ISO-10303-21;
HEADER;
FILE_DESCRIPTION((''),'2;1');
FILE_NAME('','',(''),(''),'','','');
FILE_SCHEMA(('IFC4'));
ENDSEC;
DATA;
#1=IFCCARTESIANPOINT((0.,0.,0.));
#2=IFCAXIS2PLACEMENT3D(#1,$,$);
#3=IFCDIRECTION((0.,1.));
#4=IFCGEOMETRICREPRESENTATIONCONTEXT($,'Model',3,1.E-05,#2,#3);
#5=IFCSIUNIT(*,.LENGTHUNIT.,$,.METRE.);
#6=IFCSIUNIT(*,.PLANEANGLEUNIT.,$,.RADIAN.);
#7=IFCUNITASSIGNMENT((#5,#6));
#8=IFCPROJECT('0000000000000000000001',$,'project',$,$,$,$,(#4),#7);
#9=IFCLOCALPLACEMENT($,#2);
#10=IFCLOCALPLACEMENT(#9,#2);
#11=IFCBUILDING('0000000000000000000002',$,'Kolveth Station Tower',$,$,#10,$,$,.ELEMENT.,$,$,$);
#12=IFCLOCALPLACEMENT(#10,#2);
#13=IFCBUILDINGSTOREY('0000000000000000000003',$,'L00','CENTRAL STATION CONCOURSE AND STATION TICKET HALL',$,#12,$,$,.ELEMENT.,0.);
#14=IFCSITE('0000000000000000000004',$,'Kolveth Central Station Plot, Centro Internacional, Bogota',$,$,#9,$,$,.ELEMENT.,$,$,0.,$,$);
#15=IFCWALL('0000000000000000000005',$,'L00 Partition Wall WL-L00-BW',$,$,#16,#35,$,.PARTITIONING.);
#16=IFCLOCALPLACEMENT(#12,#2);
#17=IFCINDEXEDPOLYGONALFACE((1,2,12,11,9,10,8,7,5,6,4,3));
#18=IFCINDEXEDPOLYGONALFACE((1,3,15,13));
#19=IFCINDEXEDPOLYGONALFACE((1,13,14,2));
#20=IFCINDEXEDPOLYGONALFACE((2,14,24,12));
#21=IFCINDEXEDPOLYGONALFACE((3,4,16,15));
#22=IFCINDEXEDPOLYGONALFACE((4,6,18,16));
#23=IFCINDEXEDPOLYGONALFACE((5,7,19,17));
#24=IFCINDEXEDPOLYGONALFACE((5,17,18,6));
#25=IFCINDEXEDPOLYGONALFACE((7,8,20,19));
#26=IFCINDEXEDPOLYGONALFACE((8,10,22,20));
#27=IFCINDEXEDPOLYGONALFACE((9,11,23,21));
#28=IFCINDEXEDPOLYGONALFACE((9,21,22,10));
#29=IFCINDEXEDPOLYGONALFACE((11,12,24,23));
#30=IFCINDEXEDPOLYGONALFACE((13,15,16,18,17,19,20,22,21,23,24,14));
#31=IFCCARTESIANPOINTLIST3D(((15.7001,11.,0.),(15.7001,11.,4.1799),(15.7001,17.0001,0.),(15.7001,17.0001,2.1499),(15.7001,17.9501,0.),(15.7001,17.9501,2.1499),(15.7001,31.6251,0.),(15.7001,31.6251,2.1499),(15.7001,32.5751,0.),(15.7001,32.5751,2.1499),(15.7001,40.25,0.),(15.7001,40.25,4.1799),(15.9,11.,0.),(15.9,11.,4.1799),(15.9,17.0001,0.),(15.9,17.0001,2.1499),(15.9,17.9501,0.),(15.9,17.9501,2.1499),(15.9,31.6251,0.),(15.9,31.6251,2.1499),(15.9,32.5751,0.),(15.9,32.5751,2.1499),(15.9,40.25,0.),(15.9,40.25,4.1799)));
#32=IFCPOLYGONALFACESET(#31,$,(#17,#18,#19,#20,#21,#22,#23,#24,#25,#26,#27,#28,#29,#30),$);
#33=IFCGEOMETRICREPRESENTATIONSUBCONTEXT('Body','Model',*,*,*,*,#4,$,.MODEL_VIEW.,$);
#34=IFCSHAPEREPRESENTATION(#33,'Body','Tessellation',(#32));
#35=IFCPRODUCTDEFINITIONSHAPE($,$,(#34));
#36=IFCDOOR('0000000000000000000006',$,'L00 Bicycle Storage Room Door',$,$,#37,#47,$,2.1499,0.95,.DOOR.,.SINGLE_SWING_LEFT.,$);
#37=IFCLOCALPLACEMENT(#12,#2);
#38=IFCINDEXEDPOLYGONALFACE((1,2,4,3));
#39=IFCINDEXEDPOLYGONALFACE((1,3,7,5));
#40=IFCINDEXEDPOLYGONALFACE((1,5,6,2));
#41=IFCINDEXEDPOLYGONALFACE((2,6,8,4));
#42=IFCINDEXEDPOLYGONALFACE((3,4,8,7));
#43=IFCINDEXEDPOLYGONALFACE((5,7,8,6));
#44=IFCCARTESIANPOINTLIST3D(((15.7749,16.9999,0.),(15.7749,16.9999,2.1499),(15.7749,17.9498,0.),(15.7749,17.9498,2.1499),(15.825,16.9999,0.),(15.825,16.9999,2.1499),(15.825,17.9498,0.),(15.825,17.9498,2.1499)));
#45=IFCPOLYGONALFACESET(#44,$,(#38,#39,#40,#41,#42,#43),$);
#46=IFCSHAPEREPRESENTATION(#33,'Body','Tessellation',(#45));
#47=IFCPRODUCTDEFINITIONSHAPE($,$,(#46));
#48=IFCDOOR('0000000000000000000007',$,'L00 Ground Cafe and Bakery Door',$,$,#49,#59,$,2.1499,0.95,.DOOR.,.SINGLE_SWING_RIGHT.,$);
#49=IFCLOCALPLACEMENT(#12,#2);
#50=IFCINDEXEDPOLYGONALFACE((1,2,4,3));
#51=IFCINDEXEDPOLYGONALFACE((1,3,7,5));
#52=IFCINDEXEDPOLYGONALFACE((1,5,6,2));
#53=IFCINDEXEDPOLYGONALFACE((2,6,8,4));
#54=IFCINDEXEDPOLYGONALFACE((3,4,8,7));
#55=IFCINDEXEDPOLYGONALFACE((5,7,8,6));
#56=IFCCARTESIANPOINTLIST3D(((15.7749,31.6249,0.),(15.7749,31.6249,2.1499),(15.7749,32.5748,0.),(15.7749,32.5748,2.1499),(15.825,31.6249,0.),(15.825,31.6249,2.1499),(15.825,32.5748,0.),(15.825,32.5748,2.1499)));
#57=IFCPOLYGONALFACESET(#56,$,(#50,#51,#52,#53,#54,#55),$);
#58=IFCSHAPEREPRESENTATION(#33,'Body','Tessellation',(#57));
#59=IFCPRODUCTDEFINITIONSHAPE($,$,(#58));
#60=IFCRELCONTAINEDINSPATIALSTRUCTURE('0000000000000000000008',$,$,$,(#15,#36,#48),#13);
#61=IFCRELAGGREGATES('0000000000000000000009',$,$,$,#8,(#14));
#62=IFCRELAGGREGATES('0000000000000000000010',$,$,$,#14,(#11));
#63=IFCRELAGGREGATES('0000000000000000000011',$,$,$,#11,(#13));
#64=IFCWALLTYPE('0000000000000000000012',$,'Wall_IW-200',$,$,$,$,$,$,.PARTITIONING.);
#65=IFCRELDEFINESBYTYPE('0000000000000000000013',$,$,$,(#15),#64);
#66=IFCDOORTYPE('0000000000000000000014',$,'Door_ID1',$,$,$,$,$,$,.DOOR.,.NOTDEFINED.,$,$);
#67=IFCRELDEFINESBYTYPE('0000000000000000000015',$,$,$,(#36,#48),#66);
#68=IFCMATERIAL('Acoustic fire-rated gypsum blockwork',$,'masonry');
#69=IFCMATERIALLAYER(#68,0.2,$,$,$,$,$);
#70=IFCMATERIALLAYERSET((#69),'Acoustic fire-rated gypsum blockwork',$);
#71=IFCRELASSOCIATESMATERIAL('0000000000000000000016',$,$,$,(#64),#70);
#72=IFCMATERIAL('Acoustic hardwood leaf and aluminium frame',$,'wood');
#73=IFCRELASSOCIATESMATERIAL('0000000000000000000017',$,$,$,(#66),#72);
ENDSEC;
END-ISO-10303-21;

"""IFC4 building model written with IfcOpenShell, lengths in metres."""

from ifc_helpers import new_model, si_unit, direction, frame, frame_2d, origin, place, context, subcontext, project, spatial, rectangle, extrude, material, layer, layer_set, type_object, element, fill, save


model = new_model("IFC4")

# Units and contexts
model_context = context("Model", 3, precision=1e-05, world=origin(), true_north=direction((0.0, 1.0)))
body_context = subcontext(model_context, "Body", "Model", "MODEL_VIEW")
ifc_project = project(units=[si_unit("LENGTHUNIT", "METRE"), si_unit("PLANEANGLEUNIT", "RADIAN")], contexts=[model_context])

# Site, building, storey
site_placement = place(None, origin())
site = spatial("IfcSite", under=ifc_project, at=site_placement, Name="Kolveth Central Station Plot, Centro Internacional, Bogota", CompositionType="ELEMENT", RefElevation=0.0)
building_placement = place(site_placement, origin())
building = spatial("IfcBuilding", under=site, at=building_placement, Name="Kolveth Station Tower", CompositionType="ELEMENT")
storey_placement = place(building_placement, origin())
storey = spatial("IfcBuildingStorey", under=building, at=storey_placement, Name="L00", Description="CENTRAL STATION CONCOURSE AND STATION TICKET HALL", CompositionType="ELEMENT", Elevation=0.0)

# Shared definitions
ifc_material_1 = material(Name="Acoustic fire-rated gypsum blockwork", Category="masonry")
ifc_layer_1 = layer(ifc_material_1, 0.2)
ifc_layer_set_1 = layer_set([ifc_layer_1], Name="Acoustic fire-rated gypsum blockwork")
wall_type_1 = type_object("IfcWallType", Name="Wall_IW-200", PredefinedType="PARTITIONING", material=ifc_layer_set_1)

# Wall, openings, doors
wall_1_placement = place(storey_placement, frame((15.8, 11.0, 0.0), z_axis=(0.0, 0.0, 1.0), x_axis=(0.0, 1.0, 0.0)))
wall_1 = element("IfcWall", 1, at=wall_1_placement, inside=storey, type_object=wall_type_1, Name="L00 Partition Wall WL-L00-BW", PredefinedType="PARTITIONING", context=body_context, shape_type="SweptSolid", body=[
    extrude(rectangle(XDim=29.25, YDim=0.2, at=frame_2d((14.625, 0.0))), origin(), (0.0, 0.0, 1.0), 4.1799),
])
opening_1_placement = place(wall_1_placement, frame((6.0, 0.0, 0.0)))
opening_1 = element("IfcOpeningElement", 2, at=opening_1_placement, cuts=wall_1, PredefinedType="OPENING", context=body_context, shape_type="SweptSolid", body=[
    extrude(rectangle(XDim=0.95, YDim=2.1499, at=frame_2d((0.4751, 1.075))), frame((0.0, 0.1099, 0.0), z_axis=(0.0, -1.0, 0.0), x_axis=(1.0, 0.0, 0.0)), (0.0, 0.0, 1.0), 0.22),
])
opening_2_placement = place(wall_1_placement, frame((20.625, 0.0, 0.0)))
opening_2 = element("IfcOpeningElement", 3, at=opening_2_placement, cuts=wall_1, PredefinedType="OPENING", context=body_context, shape_type="SweptSolid", body=[
    extrude(rectangle(XDim=0.95, YDim=2.1499, at=frame_2d((0.4751, 1.075))), frame((0.0, 0.1099, 0.0), z_axis=(0.0, -1.0, 0.0), x_axis=(1.0, 0.0, 0.0)), (0.0, 0.0, 1.0), 0.22),
])
ifc_material_2 = material(Name="Acoustic hardwood leaf and aluminium frame", Category="wood")
door_type_1 = type_object("IfcDoorType", Name="Door_ID1", OperationType="NOTDEFINED", PredefinedType="DOOR", material=ifc_material_2)
door_1_placement = place(opening_1_placement, frame((0.95, 0.0, 0.0), z_axis=(0.0, 0.0, 1.0), x_axis=(-1.0, 0.0, 0.0)))
door_1 = element("IfcDoor", 4, at=door_1_placement, inside=storey, type_object=door_type_1, Name="L00 Bicycle Storage Room Door", OperationType="SINGLE_SWING_LEFT", OverallHeight=2.1499, OverallWidth=0.95, PredefinedType="DOOR", context=body_context, shape_type="SweptSolid", body=[
    extrude(rectangle(XDim=0.95, YDim=2.1499, at=frame_2d((0.4751, 1.075))), frame((0.0, 0.0249, 0.0), z_axis=(0.0, -1.0, 0.0), x_axis=(1.0, 0.0, 0.0)), (0.0, 0.0, 1.0), 0.05),
])
fill(opening_1, door_1)
door_2_placement = place(opening_2_placement, frame((0.95, 0.0, 0.0), z_axis=(0.0, 0.0, 1.0), x_axis=(-1.0, 0.0, 0.0)))
door_2 = element("IfcDoor", 5, at=door_2_placement, inside=storey, type_object=door_type_1, Name="L00 Ground Cafe and Bakery Door", OperationType="SINGLE_SWING_RIGHT", OverallHeight=2.1499, OverallWidth=0.95, PredefinedType="DOOR", context=body_context, shape_type="SweptSolid", body=[
    extrude(rectangle(XDim=0.95, YDim=2.1499, at=frame_2d((0.4751, 1.075))), frame((0.0, 0.0249, 0.0), z_axis=(0.0, -1.0, 0.0), x_axis=(1.0, 0.0, 0.0)), (0.0, 0.0, 1.0), 0.05),
])
fill(opening_2, door_2)

save(model, "model.ifc")
